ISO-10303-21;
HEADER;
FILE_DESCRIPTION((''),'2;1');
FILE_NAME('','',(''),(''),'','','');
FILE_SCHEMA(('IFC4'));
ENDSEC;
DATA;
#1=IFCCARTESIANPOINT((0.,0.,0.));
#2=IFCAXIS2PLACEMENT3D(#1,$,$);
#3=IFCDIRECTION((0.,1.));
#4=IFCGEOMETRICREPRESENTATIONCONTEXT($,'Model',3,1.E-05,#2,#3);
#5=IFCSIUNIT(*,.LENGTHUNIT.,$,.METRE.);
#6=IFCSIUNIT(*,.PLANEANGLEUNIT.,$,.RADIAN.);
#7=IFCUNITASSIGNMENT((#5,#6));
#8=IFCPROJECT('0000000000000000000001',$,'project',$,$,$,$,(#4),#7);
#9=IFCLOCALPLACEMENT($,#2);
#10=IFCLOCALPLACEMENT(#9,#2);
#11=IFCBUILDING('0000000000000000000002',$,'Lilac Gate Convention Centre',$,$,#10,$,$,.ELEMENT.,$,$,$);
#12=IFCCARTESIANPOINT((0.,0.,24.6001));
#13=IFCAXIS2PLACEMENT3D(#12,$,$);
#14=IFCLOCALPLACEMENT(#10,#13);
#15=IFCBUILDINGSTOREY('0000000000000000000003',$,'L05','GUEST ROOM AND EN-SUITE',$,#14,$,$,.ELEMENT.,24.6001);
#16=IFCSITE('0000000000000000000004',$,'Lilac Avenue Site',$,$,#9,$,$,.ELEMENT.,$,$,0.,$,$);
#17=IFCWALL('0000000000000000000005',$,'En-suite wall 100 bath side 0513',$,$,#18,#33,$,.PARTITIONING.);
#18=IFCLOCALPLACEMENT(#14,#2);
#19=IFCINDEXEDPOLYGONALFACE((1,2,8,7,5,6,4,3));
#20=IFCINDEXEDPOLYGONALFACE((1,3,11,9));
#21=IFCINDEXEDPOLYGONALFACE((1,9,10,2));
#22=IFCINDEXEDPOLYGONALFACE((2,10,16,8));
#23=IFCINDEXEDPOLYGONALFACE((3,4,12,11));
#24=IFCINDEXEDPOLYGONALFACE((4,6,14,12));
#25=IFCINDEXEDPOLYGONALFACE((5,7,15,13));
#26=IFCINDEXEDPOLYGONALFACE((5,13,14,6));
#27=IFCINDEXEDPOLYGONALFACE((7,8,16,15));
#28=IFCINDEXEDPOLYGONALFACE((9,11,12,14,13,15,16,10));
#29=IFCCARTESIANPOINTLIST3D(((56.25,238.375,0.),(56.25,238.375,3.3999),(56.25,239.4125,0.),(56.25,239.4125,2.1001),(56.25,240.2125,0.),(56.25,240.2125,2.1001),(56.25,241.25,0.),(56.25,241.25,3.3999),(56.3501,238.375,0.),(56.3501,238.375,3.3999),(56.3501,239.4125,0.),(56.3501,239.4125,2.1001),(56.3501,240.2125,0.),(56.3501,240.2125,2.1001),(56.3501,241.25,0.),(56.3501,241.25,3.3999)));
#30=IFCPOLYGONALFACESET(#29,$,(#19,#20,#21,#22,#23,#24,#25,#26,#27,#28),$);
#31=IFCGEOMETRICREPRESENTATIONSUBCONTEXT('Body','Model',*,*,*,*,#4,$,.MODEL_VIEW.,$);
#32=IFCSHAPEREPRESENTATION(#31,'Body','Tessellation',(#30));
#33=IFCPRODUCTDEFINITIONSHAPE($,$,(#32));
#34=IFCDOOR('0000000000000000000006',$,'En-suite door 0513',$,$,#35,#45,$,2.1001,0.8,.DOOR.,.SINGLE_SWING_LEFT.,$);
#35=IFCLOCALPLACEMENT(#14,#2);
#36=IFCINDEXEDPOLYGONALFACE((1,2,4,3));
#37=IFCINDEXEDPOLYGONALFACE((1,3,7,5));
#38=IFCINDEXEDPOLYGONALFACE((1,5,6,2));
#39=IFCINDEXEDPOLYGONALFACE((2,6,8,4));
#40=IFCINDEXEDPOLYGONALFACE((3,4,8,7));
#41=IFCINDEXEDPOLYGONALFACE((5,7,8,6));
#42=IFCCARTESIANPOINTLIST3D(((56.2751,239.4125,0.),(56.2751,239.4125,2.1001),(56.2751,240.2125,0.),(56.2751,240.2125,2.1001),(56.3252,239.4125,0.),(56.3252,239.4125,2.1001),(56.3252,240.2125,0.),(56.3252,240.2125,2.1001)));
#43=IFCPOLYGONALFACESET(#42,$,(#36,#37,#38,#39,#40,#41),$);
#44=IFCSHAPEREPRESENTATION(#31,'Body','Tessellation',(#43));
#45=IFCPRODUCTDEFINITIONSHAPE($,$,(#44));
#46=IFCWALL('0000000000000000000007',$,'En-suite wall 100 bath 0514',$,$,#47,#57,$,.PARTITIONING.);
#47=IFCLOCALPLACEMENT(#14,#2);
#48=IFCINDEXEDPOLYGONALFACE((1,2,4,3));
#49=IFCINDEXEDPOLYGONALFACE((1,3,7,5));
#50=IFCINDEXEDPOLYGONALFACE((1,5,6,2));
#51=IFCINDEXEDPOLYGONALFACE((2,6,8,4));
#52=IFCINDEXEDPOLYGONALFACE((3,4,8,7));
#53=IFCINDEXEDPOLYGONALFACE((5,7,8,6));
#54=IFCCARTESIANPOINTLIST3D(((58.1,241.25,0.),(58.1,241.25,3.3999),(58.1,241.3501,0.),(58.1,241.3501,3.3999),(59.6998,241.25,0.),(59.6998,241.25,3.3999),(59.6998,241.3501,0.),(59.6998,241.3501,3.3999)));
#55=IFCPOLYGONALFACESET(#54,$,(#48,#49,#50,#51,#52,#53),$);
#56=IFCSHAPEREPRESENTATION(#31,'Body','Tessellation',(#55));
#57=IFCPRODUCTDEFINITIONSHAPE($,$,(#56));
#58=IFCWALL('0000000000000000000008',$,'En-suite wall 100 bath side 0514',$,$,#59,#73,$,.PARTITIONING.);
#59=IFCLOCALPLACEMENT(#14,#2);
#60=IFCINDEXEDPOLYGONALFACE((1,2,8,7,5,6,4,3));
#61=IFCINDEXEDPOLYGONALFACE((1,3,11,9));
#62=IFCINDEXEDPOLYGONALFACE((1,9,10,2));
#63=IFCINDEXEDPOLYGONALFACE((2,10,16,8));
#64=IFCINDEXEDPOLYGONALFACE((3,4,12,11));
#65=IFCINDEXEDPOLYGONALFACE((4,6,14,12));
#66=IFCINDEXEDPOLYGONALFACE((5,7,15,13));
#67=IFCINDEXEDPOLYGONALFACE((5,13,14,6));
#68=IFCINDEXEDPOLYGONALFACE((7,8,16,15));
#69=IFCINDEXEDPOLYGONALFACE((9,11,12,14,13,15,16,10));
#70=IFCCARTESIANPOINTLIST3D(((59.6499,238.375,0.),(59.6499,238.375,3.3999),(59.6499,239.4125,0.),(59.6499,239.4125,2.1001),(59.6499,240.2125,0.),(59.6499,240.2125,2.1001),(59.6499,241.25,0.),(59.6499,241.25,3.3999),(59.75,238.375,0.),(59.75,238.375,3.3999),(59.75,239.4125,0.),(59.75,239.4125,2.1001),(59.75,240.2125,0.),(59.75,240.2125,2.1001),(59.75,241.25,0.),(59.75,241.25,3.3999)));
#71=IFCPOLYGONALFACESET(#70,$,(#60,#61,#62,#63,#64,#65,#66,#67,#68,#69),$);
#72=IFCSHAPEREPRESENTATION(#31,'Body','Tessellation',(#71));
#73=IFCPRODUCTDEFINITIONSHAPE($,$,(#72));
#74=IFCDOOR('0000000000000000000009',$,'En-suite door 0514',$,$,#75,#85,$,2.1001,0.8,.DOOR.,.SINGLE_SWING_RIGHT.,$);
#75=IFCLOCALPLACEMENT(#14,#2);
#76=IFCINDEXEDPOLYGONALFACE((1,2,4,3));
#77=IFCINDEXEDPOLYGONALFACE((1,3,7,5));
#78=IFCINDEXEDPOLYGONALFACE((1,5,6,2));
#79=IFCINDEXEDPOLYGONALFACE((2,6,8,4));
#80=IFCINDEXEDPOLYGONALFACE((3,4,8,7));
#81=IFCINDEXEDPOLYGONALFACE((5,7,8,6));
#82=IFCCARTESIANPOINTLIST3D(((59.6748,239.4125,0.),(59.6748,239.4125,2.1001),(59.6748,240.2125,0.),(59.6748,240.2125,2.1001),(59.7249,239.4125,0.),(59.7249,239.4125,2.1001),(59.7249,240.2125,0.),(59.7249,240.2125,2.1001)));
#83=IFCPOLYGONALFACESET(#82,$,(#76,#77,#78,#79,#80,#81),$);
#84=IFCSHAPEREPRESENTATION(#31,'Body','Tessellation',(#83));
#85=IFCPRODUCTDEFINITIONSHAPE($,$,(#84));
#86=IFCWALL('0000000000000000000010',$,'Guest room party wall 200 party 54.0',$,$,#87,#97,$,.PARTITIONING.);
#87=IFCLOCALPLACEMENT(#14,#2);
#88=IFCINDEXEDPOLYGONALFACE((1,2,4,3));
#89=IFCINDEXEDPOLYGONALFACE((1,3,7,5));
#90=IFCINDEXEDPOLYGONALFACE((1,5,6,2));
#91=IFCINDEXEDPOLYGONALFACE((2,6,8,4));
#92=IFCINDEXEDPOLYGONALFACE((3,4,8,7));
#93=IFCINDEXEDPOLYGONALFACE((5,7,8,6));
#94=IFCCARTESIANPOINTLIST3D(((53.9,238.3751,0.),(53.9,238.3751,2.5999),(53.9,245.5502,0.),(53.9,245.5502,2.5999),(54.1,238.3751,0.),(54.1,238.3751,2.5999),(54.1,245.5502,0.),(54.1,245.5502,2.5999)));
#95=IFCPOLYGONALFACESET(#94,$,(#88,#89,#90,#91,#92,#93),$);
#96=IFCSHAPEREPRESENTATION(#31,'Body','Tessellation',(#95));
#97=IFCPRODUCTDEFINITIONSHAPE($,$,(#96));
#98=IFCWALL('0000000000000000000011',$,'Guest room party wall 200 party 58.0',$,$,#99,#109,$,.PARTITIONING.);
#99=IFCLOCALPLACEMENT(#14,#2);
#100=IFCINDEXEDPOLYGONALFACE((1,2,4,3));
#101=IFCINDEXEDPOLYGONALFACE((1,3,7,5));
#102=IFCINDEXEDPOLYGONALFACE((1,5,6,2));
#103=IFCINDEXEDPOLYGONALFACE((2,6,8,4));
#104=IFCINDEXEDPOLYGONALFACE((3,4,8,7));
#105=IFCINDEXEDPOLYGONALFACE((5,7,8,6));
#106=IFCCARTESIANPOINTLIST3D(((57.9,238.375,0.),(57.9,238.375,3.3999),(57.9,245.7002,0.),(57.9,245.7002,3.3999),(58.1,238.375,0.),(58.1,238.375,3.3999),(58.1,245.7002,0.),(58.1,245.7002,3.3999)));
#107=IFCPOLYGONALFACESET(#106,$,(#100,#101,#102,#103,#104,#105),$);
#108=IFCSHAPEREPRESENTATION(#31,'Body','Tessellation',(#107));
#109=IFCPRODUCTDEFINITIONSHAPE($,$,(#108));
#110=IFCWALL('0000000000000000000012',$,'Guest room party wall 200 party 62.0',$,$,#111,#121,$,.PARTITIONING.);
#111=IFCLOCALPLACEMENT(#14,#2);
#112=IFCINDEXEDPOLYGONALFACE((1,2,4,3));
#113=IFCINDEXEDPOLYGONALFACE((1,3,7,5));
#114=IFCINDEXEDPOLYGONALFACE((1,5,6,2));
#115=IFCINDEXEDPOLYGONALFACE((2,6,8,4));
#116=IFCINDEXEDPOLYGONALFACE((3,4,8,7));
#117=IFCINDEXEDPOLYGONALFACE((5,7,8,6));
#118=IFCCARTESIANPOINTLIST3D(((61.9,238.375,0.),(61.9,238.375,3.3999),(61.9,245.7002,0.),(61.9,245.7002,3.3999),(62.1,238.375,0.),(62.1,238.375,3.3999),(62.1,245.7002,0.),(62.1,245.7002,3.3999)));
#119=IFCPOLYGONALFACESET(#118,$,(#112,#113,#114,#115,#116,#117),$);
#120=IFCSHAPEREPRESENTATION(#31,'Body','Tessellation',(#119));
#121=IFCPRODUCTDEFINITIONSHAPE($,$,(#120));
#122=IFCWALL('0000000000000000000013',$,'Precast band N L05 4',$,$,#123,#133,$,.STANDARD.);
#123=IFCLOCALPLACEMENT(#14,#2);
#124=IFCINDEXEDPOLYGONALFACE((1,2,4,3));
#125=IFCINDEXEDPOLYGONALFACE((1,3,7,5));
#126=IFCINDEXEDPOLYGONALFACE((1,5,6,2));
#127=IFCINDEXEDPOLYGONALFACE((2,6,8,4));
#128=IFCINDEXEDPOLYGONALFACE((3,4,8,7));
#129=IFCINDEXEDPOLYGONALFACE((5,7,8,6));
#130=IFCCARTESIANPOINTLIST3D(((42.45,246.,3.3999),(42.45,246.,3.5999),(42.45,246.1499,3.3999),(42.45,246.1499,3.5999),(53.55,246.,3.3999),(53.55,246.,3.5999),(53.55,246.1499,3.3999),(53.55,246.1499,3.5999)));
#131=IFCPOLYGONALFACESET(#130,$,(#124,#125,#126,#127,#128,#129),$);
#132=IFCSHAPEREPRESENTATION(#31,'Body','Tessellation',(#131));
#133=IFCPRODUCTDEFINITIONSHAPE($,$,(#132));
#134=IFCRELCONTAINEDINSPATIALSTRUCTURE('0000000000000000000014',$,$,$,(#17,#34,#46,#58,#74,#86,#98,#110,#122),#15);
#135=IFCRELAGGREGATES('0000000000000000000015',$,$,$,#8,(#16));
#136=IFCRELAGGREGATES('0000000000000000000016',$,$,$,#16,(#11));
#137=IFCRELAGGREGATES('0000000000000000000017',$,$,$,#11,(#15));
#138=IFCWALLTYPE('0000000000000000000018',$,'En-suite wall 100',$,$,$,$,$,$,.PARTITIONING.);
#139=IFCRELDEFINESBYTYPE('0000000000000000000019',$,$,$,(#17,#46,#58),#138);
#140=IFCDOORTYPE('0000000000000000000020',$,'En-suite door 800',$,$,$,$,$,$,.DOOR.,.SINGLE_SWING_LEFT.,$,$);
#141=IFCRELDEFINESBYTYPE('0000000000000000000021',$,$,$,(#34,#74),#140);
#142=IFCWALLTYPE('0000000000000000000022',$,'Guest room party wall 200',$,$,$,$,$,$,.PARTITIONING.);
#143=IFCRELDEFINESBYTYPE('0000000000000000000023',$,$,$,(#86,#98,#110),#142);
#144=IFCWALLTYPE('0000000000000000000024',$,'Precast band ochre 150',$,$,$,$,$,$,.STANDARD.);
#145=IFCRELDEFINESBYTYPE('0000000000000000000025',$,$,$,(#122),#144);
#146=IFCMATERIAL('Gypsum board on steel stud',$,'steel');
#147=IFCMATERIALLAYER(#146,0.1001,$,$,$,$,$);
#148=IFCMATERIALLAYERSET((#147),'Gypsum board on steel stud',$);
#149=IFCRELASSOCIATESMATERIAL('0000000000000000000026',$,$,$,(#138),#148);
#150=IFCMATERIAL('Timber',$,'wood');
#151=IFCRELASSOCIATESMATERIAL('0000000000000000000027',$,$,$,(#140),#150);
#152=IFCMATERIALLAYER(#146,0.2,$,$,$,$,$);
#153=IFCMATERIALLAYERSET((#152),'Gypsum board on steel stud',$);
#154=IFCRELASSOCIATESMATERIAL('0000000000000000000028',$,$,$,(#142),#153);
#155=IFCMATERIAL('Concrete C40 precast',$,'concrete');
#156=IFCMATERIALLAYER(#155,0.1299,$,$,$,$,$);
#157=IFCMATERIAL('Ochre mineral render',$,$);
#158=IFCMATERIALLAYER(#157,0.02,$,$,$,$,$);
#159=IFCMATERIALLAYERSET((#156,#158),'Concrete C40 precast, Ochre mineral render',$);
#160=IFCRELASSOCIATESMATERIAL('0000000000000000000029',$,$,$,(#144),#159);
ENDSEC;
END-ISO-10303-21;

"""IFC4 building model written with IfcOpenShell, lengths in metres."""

from ifc_helpers import new_model, si_unit, direction, frame, frame_2d, origin, place, context, subcontext, project, spatial, rectangle, extrude, material, layer, layer_set, type_object, element, fill, save


model = new_model("IFC4")

# Units and contexts
model_context = context("Model", 3, precision=1e-05, world=origin(), true_north=direction((0.0, 1.0)))
body_context = subcontext(model_context, "Body", "Model", "MODEL_VIEW")
ifc_project = project(units=[si_unit("LENGTHUNIT", "METRE"), si_unit("PLANEANGLEUNIT", "RADIAN")], contexts=[model_context])

# Site, building, storey
site_placement = place(None, origin())
site = spatial("IfcSite", under=ifc_project, at=site_placement, Name="Lilac Avenue Site", CompositionType="ELEMENT", RefElevation=0.0)
building_placement = place(site_placement, origin())
building = spatial("IfcBuilding", under=site, at=building_placement, Name="Lilac Gate Convention Centre", CompositionType="ELEMENT")
storey_placement = place(building_placement, frame((0.0, 0.0, 24.6001)))
storey = spatial("IfcBuildingStorey", under=building, at=storey_placement, Name="L05", Description="GUEST ROOM AND EN-SUITE", CompositionType="ELEMENT", Elevation=24.6001)

# Shared definitions
ifc_material_1 = material(Name="Gypsum board on steel stud", Category="steel")
ifc_material_2 = material(Name="Timber", Category="wood")

# Shared definitions
ifc_layer_1 = layer(ifc_material_1, 0.1001)
ifc_layer_set_1 = layer_set([ifc_layer_1], Name="Gypsum board on steel stud")
wall_type_1 = type_object("IfcWallType", Name="En-suite wall 100", PredefinedType="PARTITIONING", material=ifc_layer_set_1)

# Wall, opening, door
wall_1_placement = place(storey_placement, frame((56.3, 238.375, 0.0), z_axis=(0.0, 0.0, 1.0), x_axis=(0.0, 1.0, 0.0)))
wall_1 = element("IfcWall", 1, at=wall_1_placement, inside=storey, type_object=wall_type_1, Name="En-suite wall 100 bath side 0513", PredefinedType="PARTITIONING", context=body_context, shape_type="SweptSolid", body=[
    extrude(rectangle(XDim=2.875, YDim=0.1001, at=frame_2d((1.4375, 0.0))), origin(), (0.0, 0.0, 1.0), 3.3999),
])
opening_1_placement = place(wall_1_placement, frame((1.0376, 0.0, 0.0)))
opening_1 = element("IfcOpeningElement", 2, at=opening_1_placement, cuts=wall_1, PredefinedType="OPENING", context=body_context, shape_type="SweptSolid", body=[
    extrude(rectangle(XDim=0.8, YDim=2.1001, at=frame_2d((0.3999, 1.05))), frame((0.0, 0.0601, 0.0), z_axis=(0.0, -1.0, 0.0), x_axis=(1.0, 0.0, 0.0)), (0.0, 0.0, 1.0), 0.1201),
])
door_type_1 = type_object("IfcDoorType", Name="En-suite door 800", OperationType="SINGLE_SWING_LEFT", PredefinedType="DOOR", material=ifc_material_2)
door_1_placement = place(opening_1_placement, origin())
door_1 = element("IfcDoor", 3, at=door_1_placement, inside=storey, type_object=door_type_1, Name="En-suite door 0513", OperationType="SINGLE_SWING_LEFT", OverallHeight=2.1001, OverallWidth=0.8, PredefinedType="DOOR", context=body_context, shape_type="SweptSolid", body=[
    extrude(rectangle(XDim=0.8, YDim=2.1001, at=frame_2d((0.3999, 1.05))), frame((0.0, 0.0249, 0.0), z_axis=(0.0, -1.0, 0.0), x_axis=(1.0, 0.0, 0.0)), (0.0, 0.0, 1.0), 0.05),
])
fill(opening_1, door_1)

# Wall
wall_2_placement = place(storey_placement, frame((58.1001, 241.3, 0.0), z_axis=(0.0, 0.0, 1.0), x_axis=(1.0, 0.0, 0.0)))
element("IfcWall", 4, at=wall_2_placement, inside=storey, type_object=wall_type_1, Name="En-suite wall 100 bath 0514", PredefinedType="PARTITIONING", context=body_context, shape_type="SweptSolid", body=[
    extrude(rectangle(XDim=1.5999, YDim=0.1001, at=frame_2d((0.7998, 0.0))), origin(), (0.0, 0.0, 1.0), 3.3999),
])

# Wall, opening, door
wall_3_placement = place(storey_placement, frame((59.7, 241.25, 0.0), z_axis=(0.0, 0.0, 1.0), x_axis=(0.0, -1.0, 0.0)))
wall_3 = element("IfcWall", 5, at=wall_3_placement, inside=storey, type_object=wall_type_1, Name="En-suite wall 100 bath side 0514", PredefinedType="PARTITIONING", context=body_context, shape_type="SweptSolid", body=[
    extrude(rectangle(XDim=2.875, YDim=0.1001, at=frame_2d((1.4375, 0.0))), origin(), (0.0, 0.0, 1.0), 3.3999),
])
opening_2_placement = place(wall_3_placement, frame((1.0376, 0.0, 0.0)))
opening_2 = element("IfcOpeningElement", 6, at=opening_2_placement, cuts=wall_3, PredefinedType="OPENING", context=body_context, shape_type="SweptSolid", body=[
    extrude(rectangle(XDim=0.8, YDim=2.1001, at=frame_2d((0.3999, 1.05))), frame((0.0, 0.0601, 0.0), z_axis=(0.0, -1.0, 0.0), x_axis=(1.0, 0.0, 0.0)), (0.0, 0.0, 1.0), 0.1201),
])
door_2_placement = place(opening_2_placement, origin())
door_2 = element("IfcDoor", 7, at=door_2_placement, inside=storey, type_object=door_type_1, Name="En-suite door 0514", OperationType="SINGLE_SWING_RIGHT", OverallHeight=2.1001, OverallWidth=0.8, PredefinedType="DOOR", context=body_context, shape_type="SweptSolid", body=[
    extrude(rectangle(XDim=0.8, YDim=2.1001, at=frame_2d((0.3999, 1.05))), frame((0.0, 0.0249, 0.0), z_axis=(0.0, -1.0, 0.0), x_axis=(1.0, 0.0, 0.0)), (0.0, 0.0, 1.0), 0.05),
])
fill(opening_2, door_2)

# Walls
ifc_layer_2 = layer(ifc_material_1, 0.2)
ifc_layer_set_2 = layer_set([ifc_layer_2], Name="Gypsum board on steel stud")
wall_type_2 = type_object("IfcWallType", Name="Guest room party wall 200", PredefinedType="PARTITIONING", material=ifc_layer_set_2)
wall_4_placement = place(storey_placement, frame((54.0, 245.55, 0.0), z_axis=(0.0, 0.0, 1.0), x_axis=(0.0, -1.0, 0.0)))
element("IfcWall", 8, at=wall_4_placement, inside=storey, type_object=wall_type_2, Name="Guest room party wall 200 party 54.0", PredefinedType="PARTITIONING", context=body_context, shape_type="SweptSolid", body=[
    extrude(rectangle(XDim=7.175, YDim=0.2, at=frame_2d((3.5874, 0.0))), origin(), (0.0, 0.0, 1.0), 2.5999),
])
for number, where, z_axis, x_axis, name in (
    (9, (58.0, 245.7002, 0.0), (0.0, 0.0, 1.0), (0.0, -1.0, 0.0), "Guest room party wall 200 party 58.0"),
    (10, (62.0, 245.7002, 0.0), (0.0, 0.0, 1.0), (0.0, -1.0, 0.0), "Guest room party wall 200 party 62.0"),
):
    element("IfcWall", number, at=place(storey_placement, frame(where, z_axis=z_axis, x_axis=x_axis)), inside=storey, type_object=wall_type_2, Name=name, PredefinedType="PARTITIONING", context=body_context, shape_type="SweptSolid", body=[
        extrude(rectangle(XDim=7.3252, YDim=0.2, at=frame_2d((3.6626, 0.0))), origin(), (0.0, 0.0, 1.0), 3.3999),
    ])
ifc_material_3 = material(Name="Concrete C40 precast", Category="concrete")
ifc_layer_3 = layer(ifc_material_3, 0.1299)
ifc_material_4 = material(Name="Ochre mineral render")
ifc_layer_4 = layer(ifc_material_4, 0.02)
ifc_layer_set_3 = layer_set([ifc_layer_3, ifc_layer_4], Name="Concrete C40 precast, Ochre mineral render")
wall_type_3 = type_object("IfcWallType", Name="Precast band ochre 150", PredefinedType="STANDARD", material=ifc_layer_set_3)
wall_5_placement = place(storey_placement, frame((53.55, 246.075, 3.3999), z_axis=(0.0, 0.0, 1.0), x_axis=(-1.0, 0.0, 0.0)))
element("IfcWall", 11, at=wall_5_placement, inside=storey, type_object=wall_type_3, Name="Precast band N L05 4", PredefinedType="STANDARD", context=body_context, shape_type="SweptSolid", body=[
    extrude(rectangle(XDim=11.1001, YDim=0.1499, at=frame_2d((5.55, 0.0))), origin(), (0.0, 0.0, 1.0), 0.2),
])

save(model, "model.ifc")
